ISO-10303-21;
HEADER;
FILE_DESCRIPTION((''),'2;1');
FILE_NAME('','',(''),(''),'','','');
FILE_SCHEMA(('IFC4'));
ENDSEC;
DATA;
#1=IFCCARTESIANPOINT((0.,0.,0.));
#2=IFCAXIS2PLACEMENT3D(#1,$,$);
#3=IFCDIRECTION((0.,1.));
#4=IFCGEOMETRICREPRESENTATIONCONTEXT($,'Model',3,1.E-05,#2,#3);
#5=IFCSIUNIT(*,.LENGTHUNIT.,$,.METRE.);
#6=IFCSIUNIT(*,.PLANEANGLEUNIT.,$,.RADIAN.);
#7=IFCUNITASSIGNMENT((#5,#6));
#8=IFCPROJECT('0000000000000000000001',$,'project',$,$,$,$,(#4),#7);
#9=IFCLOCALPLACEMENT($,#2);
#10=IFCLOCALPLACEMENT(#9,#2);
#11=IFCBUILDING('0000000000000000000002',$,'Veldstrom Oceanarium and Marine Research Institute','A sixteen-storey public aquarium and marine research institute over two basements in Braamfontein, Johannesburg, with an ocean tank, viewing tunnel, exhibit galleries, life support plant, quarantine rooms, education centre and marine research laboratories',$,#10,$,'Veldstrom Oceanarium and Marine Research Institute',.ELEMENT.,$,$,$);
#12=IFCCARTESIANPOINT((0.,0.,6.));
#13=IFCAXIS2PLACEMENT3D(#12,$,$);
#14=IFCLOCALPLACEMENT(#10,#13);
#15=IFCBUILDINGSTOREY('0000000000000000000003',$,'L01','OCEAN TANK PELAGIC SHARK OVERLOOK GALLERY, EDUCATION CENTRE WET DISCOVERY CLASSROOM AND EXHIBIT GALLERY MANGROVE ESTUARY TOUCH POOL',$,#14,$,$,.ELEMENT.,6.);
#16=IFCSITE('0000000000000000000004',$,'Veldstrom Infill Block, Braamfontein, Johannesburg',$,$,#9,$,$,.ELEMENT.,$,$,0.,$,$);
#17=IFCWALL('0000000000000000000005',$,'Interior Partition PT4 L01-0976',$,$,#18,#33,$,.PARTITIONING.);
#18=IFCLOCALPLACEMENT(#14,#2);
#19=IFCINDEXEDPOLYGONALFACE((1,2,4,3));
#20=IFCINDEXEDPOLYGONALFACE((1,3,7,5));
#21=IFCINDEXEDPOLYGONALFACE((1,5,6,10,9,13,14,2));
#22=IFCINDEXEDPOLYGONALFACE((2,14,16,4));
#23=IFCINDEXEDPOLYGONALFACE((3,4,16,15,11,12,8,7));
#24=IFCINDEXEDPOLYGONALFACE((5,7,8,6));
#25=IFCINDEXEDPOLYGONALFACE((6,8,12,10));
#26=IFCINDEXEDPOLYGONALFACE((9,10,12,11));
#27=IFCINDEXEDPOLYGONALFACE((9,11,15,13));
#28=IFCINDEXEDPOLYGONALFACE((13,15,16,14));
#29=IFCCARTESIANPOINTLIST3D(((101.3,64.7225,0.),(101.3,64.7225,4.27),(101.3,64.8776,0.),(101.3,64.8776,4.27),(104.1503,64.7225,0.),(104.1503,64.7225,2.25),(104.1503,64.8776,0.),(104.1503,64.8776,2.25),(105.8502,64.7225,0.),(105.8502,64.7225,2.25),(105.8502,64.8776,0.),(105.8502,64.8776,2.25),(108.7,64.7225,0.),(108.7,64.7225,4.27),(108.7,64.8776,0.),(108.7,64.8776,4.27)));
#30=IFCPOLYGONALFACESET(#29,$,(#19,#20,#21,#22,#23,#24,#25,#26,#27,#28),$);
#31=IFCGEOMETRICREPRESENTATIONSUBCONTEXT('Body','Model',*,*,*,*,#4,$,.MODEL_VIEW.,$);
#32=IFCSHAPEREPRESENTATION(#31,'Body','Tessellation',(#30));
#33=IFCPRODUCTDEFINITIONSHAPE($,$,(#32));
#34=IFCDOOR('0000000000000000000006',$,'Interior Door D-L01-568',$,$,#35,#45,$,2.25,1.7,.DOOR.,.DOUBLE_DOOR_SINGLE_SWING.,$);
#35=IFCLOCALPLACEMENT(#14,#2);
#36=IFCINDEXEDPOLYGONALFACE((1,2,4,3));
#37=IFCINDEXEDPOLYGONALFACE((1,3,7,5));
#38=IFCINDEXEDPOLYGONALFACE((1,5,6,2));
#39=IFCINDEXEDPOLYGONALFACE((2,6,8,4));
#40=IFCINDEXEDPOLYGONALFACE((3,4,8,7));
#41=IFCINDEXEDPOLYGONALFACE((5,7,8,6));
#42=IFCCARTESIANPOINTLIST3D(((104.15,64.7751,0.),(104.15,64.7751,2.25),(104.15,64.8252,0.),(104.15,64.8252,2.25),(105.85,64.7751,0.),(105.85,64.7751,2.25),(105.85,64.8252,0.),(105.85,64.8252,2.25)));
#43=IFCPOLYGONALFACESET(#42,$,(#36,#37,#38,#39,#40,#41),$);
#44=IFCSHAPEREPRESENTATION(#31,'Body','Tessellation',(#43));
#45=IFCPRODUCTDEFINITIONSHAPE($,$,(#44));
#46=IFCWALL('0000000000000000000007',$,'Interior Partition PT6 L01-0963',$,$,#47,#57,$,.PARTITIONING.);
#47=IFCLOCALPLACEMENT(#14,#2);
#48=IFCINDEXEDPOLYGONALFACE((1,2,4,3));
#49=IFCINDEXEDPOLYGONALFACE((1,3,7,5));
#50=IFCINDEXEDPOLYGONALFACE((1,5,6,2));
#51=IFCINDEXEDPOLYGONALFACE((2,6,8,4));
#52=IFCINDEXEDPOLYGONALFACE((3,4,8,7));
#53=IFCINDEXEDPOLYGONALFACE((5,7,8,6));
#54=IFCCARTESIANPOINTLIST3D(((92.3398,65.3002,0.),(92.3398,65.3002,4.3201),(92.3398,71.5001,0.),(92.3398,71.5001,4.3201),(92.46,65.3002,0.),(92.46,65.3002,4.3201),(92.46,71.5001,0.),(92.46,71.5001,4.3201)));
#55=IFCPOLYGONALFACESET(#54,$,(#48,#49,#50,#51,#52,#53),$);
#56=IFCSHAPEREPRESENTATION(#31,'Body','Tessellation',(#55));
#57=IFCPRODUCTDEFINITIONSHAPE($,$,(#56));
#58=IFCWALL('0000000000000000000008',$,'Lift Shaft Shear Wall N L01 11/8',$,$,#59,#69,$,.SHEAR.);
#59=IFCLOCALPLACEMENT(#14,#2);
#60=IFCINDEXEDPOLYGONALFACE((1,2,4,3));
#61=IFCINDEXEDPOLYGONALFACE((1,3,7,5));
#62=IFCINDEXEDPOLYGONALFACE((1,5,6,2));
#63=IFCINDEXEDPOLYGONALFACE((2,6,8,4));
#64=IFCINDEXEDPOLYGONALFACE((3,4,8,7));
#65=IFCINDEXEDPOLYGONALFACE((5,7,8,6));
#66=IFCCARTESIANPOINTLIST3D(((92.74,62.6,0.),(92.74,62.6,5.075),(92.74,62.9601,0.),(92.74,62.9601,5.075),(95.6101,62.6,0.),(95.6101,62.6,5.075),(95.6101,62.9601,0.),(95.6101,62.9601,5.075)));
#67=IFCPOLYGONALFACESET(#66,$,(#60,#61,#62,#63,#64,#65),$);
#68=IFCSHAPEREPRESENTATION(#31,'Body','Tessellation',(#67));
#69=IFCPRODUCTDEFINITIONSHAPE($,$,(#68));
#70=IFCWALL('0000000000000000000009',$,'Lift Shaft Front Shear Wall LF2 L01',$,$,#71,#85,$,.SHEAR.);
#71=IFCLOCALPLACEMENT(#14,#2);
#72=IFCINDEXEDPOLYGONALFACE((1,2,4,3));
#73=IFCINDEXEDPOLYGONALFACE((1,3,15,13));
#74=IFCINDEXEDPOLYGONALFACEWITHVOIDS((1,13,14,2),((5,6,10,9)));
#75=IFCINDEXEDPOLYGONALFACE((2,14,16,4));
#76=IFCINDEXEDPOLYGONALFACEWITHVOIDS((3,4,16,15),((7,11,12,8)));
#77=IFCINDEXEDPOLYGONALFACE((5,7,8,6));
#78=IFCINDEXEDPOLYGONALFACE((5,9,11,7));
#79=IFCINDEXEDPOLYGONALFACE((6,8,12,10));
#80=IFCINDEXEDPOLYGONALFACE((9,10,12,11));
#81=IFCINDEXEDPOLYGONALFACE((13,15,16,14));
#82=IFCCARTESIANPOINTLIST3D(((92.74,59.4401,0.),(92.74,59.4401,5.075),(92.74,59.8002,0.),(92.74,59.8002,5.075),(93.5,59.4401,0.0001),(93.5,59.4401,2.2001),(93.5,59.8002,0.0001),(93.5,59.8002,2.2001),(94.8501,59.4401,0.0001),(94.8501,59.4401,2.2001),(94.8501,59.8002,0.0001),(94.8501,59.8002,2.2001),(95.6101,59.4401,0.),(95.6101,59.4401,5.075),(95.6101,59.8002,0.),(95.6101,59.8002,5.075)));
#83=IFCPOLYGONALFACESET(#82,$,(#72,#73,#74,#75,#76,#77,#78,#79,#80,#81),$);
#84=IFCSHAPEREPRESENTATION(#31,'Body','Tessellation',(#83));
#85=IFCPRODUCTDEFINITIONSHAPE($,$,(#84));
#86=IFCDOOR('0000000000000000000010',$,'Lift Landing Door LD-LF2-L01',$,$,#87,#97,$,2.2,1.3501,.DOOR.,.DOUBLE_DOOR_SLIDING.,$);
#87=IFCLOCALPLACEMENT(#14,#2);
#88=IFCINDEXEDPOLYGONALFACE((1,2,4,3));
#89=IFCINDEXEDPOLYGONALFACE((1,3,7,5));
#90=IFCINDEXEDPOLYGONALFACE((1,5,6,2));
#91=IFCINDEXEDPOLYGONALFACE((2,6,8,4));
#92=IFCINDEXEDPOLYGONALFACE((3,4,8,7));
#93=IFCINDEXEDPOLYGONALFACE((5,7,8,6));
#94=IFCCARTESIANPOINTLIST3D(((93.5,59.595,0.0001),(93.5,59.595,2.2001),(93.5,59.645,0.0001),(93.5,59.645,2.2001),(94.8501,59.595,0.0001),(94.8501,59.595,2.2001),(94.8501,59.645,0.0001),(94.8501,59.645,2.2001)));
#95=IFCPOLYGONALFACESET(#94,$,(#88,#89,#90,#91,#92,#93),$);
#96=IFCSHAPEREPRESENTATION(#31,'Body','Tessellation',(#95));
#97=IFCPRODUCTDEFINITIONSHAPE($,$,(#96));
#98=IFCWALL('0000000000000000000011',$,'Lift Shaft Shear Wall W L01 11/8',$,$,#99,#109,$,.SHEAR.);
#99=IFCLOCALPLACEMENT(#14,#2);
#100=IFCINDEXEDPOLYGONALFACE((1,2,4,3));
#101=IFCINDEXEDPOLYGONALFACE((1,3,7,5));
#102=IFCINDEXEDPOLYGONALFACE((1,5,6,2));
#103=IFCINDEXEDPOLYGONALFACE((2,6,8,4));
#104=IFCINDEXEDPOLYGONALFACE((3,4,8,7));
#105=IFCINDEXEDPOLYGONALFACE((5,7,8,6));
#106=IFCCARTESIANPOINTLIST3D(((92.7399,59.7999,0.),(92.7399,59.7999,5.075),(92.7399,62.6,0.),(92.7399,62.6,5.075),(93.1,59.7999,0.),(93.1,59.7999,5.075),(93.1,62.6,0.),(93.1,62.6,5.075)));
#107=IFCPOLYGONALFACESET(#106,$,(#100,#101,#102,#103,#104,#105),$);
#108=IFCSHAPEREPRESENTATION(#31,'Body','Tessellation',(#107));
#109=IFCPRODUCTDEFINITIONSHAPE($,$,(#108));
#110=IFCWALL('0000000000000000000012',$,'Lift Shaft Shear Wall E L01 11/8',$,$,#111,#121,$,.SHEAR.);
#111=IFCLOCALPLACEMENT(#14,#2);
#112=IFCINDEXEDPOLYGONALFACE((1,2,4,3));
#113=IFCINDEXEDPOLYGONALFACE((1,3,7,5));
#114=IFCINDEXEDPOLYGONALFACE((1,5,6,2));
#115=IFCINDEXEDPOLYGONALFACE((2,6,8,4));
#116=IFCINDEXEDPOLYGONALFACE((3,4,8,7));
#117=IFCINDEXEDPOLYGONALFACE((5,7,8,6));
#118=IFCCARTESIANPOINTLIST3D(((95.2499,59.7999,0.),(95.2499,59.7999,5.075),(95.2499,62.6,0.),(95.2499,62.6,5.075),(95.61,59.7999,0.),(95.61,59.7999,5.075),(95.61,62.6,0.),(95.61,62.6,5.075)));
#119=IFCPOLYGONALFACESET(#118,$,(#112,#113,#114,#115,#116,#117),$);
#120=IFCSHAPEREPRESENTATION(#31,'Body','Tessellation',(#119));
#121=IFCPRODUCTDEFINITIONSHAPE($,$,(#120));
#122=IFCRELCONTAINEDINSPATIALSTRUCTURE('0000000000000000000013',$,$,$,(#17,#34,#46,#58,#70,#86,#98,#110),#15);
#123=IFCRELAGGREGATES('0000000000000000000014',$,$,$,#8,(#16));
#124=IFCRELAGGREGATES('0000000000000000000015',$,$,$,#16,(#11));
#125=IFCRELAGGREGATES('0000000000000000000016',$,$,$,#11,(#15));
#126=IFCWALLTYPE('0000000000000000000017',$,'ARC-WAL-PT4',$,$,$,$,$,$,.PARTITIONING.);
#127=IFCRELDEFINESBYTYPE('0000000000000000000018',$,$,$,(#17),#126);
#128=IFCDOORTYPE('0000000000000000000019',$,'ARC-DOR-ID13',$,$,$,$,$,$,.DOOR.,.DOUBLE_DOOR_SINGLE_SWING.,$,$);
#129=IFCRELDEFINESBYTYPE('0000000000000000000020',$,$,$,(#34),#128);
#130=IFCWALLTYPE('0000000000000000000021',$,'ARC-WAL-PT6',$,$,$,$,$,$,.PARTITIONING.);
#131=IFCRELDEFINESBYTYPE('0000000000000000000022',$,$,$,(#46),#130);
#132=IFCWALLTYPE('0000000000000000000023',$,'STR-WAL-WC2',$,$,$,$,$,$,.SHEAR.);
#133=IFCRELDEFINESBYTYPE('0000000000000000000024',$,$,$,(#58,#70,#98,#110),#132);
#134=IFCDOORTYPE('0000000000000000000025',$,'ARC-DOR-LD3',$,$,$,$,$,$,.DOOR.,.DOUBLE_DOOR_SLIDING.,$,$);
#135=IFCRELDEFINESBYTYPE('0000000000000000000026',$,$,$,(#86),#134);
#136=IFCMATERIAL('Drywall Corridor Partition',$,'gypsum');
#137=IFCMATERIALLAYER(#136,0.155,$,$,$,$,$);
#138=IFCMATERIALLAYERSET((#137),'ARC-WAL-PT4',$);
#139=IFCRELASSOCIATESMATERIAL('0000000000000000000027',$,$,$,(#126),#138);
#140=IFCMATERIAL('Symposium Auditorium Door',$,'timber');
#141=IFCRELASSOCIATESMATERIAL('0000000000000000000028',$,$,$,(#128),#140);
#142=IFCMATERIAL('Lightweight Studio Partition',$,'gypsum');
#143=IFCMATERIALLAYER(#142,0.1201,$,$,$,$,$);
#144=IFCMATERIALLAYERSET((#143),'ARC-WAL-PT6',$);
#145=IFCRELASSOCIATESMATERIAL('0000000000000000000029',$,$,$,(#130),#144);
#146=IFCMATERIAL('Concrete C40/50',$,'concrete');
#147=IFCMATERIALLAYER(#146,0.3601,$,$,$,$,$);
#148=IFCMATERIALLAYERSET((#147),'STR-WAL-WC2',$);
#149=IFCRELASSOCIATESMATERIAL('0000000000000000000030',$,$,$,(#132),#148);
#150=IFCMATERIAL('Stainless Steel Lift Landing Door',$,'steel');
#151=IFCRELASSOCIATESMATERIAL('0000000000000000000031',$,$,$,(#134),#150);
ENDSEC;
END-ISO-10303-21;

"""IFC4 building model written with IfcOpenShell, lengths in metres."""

from ifc_helpers import new_model, si_unit, direction, frame, frame_2d, origin, place, context, subcontext, project, spatial, rectangle, extrude, material, layer, layer_set, type_object, element, fill, save


model = new_model("IFC4")

# Units and contexts
model_context = context("Model", 3, precision=1e-05, world=origin(), true_north=direction((0.0, 1.0)))
body_context = subcontext(model_context, "Body", "Model", "MODEL_VIEW")
ifc_project = project(units=[si_unit("LENGTHUNIT", "METRE"), si_unit("PLANEANGLEUNIT", "RADIAN")], contexts=[model_context])

# Site, building, storey
site_placement = place(None, origin())
site = spatial("IfcSite", under=ifc_project, at=site_placement, Name="Veldstrom Infill Block, Braamfontein, Johannesburg", CompositionType="ELEMENT", RefElevation=0.0)
building_placement = place(site_placement, origin())
building = spatial("IfcBuilding", under=site, at=building_placement, Name="Veldstrom Oceanarium and Marine Research Institute", Description="A sixteen-storey public aquarium and marine research institute over two basements in Braamfontein, Johannesburg, with an ocean tank, viewing tunnel, exhibit galleries, life support plant, quarantine rooms, education centre and marine research laboratories", LongName="Veldstrom Oceanarium and Marine Research Institute", CompositionType="ELEMENT")
storey_placement = place(building_placement, frame((0.0, 0.0, 6.0)))
storey = spatial("IfcBuildingStorey", under=building, at=storey_placement, Name="L01", Description="OCEAN TANK PELAGIC SHARK OVERLOOK GALLERY, EDUCATION CENTRE WET DISCOVERY CLASSROOM AND EXHIBIT GALLERY MANGROVE ESTUARY TOUCH POOL", CompositionType="ELEMENT", Elevation=6.0)

# Wall, opening, door
ifc_material_1 = material(Name="Drywall Corridor Partition", Category="gypsum")
ifc_layer_1 = layer(ifc_material_1, 0.155)
ifc_layer_set_1 = layer_set([ifc_layer_1], Name="ARC-WAL-PT4")
wall_type_1 = type_object("IfcWallType", Name="ARC-WAL-PT4", PredefinedType="PARTITIONING", material=ifc_layer_set_1)
wall_1_placement = place(storey_placement, frame((101.3, 64.8, 0.0), z_axis=(0.0, 0.0, 1.0), x_axis=(1.0, 0.0, 0.0)))
wall_1 = element("IfcWall", 1, at=wall_1_placement, inside=storey, type_object=wall_type_1, Name="Interior Partition PT4 L01-0976", PredefinedType="PARTITIONING", context=body_context, shape_type="SweptSolid", body=[
    extrude(rectangle(XDim=7.3999, YDim=0.155, at=frame_2d((3.7, 0.0))), origin(), (0.0, 0.0, 1.0), 4.27),
])
opening_1_placement = place(wall_1_placement, frame((2.8501, 0.0, 0.0)))
opening_1 = element("IfcOpeningElement", 2, at=opening_1_placement, cuts=wall_1, PredefinedType="OPENING", context=body_context, shape_type="SweptSolid", body=[
    extrude(rectangle(XDim=1.7, YDim=2.25, at=frame_2d((0.8501, 1.125))), frame((0.0, 0.0874, 0.0), z_axis=(0.0, -1.0, 0.0), x_axis=(1.0, 0.0, 0.0)), (0.0, 0.0, 1.0), 0.175),
])
ifc_material_2 = material(Name="Symposium Auditorium Door", Category="timber")
door_type_1 = type_object("IfcDoorType", Name="ARC-DOR-ID13", OperationType="DOUBLE_DOOR_SINGLE_SWING", PredefinedType="DOOR", material=ifc_material_2)
door_1_placement = place(opening_1_placement, frame((1.7, 0.0, 0.0), z_axis=(0.0, 0.0, 1.0), x_axis=(-1.0, 0.0, 0.0)))
door_1 = element("IfcDoor", 3, at=door_1_placement, inside=storey, type_object=door_type_1, Name="Interior Door D-L01-568", OperationType="DOUBLE_DOOR_SINGLE_SWING", OverallHeight=2.25, OverallWidth=1.7, PredefinedType="DOOR", context=body_context, shape_type="SweptSolid", body=[
    extrude(rectangle(XDim=1.7, YDim=2.25, at=frame_2d((0.8501, 1.125))), frame((0.0, 0.0249, 0.0), z_axis=(0.0, -1.0, 0.0), x_axis=(1.0, 0.0, 0.0)), (0.0, 0.0, 1.0), 0.05),
])
fill(opening_1, door_1)

# Walls
ifc_material_3 = material(Name="Lightweight Studio Partition", Category="gypsum")
ifc_layer_2 = layer(ifc_material_3, 0.1201)
ifc_layer_set_2 = layer_set([ifc_layer_2], Name="ARC-WAL-PT6")
wall_type_2 = type_object("IfcWallType", Name="ARC-WAL-PT6", PredefinedType="PARTITIONING", material=ifc_layer_set_2)
wall_2_placement = place(storey_placement, frame((92.3999, 65.3, 0.0), z_axis=(0.0, 0.0, 1.0), x_axis=(0.0, 1.0, 0.0)))
element("IfcWall", 4, at=wall_2_placement, inside=storey, type_object=wall_type_2, Name="Interior Partition PT6 L01-0963", PredefinedType="PARTITIONING", context=body_context, shape_type="SweptSolid", body=[
    extrude(rectangle(XDim=6.2, YDim=0.1201, at=frame_2d((3.1001, 0.0))), origin(), (0.0, 0.0, 1.0), 4.3201),
])
ifc_material_4 = material(Name="Concrete C40/50", Category="concrete")
ifc_layer_3 = layer(ifc_material_4, 0.3601)
ifc_layer_set_3 = layer_set([ifc_layer_3], Name="STR-WAL-WC2")
wall_type_3 = type_object("IfcWallType", Name="STR-WAL-WC2", PredefinedType="SHEAR", material=ifc_layer_set_3)
wall_3_placement = place(storey_placement, frame((92.74, 62.78, 0.0), z_axis=(0.0, 0.0, 1.0), x_axis=(1.0, 0.0, 0.0)))
element("IfcWall", 5, at=wall_3_placement, inside=storey, type_object=wall_type_3, Name="Lift Shaft Shear Wall N L01 11/8", PredefinedType="SHEAR", context=body_context, shape_type="SweptSolid", body=[
    extrude(rectangle(XDim=2.8701, YDim=0.3601, at=frame_2d((1.4351, 0.0))), origin(), (0.0, 0.0, 1.0), 5.075),
])

# Wall, opening, door
wall_4_placement = place(storey_placement, frame((92.74, 59.6201, 0.0), z_axis=(0.0, 0.0, 1.0), x_axis=(1.0, 0.0, 0.0)))
wall_4 = element("IfcWall", 6, at=wall_4_placement, inside=storey, type_object=wall_type_3, Name="Lift Shaft Front Shear Wall LF2 L01", PredefinedType="SHEAR", context=body_context, shape_type="SweptSolid", body=[
    extrude(rectangle(XDim=2.8701, YDim=0.3601, at=frame_2d((1.4351, 0.0))), origin(), (0.0, 0.0, 1.0), 5.075),
])
opening_2_placement = place(wall_4_placement, frame((0.76, 0.0, 0.0)))
opening_2 = element("IfcOpeningElement", 7, at=opening_2_placement, cuts=wall_4, PredefinedType="OPENING", context=body_context, shape_type="SweptSolid", body=[
    extrude(rectangle(XDim=1.3501, YDim=2.2, at=frame_2d((0.675, 1.1001))), frame((0.0, 0.1899, 0.0), z_axis=(0.0, -1.0, 0.0), x_axis=(1.0, 0.0, 0.0)), (0.0, 0.0, 1.0), 0.3801),
])
ifc_material_5 = material(Name="Stainless Steel Lift Landing Door", Category="steel")
door_type_2 = type_object("IfcDoorType", Name="ARC-DOR-LD3", OperationType="DOUBLE_DOOR_SLIDING", PredefinedType="DOOR", material=ifc_material_5)
door_2_placement = place(opening_2_placement, origin())
door_2 = element("IfcDoor", 8, at=door_2_placement, inside=storey, type_object=door_type_2, Name="Lift Landing Door LD-LF2-L01", OperationType="DOUBLE_DOOR_SLIDING", OverallHeight=2.2, OverallWidth=1.3501, PredefinedType="DOOR", context=body_context, shape_type="SweptSolid", body=[
    extrude(rectangle(XDim=1.3501, YDim=2.2, at=frame_2d((0.675, 1.1001))), frame((0.0, 0.0249, 0.0), z_axis=(0.0, -1.0, 0.0), x_axis=(1.0, 0.0, 0.0)), (0.0, 0.0, 1.0), 0.05),
])
fill(opening_2, door_2)

# Walls
for number, where, z_axis, x_axis, name in (
    (9, (92.9199, 59.8, 0.0), (0.0, 0.0, 1.0), (0.0, 1.0, 0.0), "Lift Shaft Shear Wall W L01 11/8"),
    (10, (95.4299, 59.8, 0.0), (0.0, 0.0, 1.0), (0.0, 1.0, 0.0), "Lift Shaft Shear Wall E L01 11/8"),
):
    element("IfcWall", number, at=place(storey_placement, frame(where, z_axis=z_axis, x_axis=x_axis)), inside=storey, type_object=wall_type_3, Name=name, PredefinedType="SHEAR", context=body_context, shape_type="SweptSolid", body=[
        extrude(rectangle(XDim=2.8, YDim=0.3601, at=frame_2d((1.3999, 0.0))), origin(), (0.0, 0.0, 1.0), 5.075),
    ])

save(model, "model.ifc")
